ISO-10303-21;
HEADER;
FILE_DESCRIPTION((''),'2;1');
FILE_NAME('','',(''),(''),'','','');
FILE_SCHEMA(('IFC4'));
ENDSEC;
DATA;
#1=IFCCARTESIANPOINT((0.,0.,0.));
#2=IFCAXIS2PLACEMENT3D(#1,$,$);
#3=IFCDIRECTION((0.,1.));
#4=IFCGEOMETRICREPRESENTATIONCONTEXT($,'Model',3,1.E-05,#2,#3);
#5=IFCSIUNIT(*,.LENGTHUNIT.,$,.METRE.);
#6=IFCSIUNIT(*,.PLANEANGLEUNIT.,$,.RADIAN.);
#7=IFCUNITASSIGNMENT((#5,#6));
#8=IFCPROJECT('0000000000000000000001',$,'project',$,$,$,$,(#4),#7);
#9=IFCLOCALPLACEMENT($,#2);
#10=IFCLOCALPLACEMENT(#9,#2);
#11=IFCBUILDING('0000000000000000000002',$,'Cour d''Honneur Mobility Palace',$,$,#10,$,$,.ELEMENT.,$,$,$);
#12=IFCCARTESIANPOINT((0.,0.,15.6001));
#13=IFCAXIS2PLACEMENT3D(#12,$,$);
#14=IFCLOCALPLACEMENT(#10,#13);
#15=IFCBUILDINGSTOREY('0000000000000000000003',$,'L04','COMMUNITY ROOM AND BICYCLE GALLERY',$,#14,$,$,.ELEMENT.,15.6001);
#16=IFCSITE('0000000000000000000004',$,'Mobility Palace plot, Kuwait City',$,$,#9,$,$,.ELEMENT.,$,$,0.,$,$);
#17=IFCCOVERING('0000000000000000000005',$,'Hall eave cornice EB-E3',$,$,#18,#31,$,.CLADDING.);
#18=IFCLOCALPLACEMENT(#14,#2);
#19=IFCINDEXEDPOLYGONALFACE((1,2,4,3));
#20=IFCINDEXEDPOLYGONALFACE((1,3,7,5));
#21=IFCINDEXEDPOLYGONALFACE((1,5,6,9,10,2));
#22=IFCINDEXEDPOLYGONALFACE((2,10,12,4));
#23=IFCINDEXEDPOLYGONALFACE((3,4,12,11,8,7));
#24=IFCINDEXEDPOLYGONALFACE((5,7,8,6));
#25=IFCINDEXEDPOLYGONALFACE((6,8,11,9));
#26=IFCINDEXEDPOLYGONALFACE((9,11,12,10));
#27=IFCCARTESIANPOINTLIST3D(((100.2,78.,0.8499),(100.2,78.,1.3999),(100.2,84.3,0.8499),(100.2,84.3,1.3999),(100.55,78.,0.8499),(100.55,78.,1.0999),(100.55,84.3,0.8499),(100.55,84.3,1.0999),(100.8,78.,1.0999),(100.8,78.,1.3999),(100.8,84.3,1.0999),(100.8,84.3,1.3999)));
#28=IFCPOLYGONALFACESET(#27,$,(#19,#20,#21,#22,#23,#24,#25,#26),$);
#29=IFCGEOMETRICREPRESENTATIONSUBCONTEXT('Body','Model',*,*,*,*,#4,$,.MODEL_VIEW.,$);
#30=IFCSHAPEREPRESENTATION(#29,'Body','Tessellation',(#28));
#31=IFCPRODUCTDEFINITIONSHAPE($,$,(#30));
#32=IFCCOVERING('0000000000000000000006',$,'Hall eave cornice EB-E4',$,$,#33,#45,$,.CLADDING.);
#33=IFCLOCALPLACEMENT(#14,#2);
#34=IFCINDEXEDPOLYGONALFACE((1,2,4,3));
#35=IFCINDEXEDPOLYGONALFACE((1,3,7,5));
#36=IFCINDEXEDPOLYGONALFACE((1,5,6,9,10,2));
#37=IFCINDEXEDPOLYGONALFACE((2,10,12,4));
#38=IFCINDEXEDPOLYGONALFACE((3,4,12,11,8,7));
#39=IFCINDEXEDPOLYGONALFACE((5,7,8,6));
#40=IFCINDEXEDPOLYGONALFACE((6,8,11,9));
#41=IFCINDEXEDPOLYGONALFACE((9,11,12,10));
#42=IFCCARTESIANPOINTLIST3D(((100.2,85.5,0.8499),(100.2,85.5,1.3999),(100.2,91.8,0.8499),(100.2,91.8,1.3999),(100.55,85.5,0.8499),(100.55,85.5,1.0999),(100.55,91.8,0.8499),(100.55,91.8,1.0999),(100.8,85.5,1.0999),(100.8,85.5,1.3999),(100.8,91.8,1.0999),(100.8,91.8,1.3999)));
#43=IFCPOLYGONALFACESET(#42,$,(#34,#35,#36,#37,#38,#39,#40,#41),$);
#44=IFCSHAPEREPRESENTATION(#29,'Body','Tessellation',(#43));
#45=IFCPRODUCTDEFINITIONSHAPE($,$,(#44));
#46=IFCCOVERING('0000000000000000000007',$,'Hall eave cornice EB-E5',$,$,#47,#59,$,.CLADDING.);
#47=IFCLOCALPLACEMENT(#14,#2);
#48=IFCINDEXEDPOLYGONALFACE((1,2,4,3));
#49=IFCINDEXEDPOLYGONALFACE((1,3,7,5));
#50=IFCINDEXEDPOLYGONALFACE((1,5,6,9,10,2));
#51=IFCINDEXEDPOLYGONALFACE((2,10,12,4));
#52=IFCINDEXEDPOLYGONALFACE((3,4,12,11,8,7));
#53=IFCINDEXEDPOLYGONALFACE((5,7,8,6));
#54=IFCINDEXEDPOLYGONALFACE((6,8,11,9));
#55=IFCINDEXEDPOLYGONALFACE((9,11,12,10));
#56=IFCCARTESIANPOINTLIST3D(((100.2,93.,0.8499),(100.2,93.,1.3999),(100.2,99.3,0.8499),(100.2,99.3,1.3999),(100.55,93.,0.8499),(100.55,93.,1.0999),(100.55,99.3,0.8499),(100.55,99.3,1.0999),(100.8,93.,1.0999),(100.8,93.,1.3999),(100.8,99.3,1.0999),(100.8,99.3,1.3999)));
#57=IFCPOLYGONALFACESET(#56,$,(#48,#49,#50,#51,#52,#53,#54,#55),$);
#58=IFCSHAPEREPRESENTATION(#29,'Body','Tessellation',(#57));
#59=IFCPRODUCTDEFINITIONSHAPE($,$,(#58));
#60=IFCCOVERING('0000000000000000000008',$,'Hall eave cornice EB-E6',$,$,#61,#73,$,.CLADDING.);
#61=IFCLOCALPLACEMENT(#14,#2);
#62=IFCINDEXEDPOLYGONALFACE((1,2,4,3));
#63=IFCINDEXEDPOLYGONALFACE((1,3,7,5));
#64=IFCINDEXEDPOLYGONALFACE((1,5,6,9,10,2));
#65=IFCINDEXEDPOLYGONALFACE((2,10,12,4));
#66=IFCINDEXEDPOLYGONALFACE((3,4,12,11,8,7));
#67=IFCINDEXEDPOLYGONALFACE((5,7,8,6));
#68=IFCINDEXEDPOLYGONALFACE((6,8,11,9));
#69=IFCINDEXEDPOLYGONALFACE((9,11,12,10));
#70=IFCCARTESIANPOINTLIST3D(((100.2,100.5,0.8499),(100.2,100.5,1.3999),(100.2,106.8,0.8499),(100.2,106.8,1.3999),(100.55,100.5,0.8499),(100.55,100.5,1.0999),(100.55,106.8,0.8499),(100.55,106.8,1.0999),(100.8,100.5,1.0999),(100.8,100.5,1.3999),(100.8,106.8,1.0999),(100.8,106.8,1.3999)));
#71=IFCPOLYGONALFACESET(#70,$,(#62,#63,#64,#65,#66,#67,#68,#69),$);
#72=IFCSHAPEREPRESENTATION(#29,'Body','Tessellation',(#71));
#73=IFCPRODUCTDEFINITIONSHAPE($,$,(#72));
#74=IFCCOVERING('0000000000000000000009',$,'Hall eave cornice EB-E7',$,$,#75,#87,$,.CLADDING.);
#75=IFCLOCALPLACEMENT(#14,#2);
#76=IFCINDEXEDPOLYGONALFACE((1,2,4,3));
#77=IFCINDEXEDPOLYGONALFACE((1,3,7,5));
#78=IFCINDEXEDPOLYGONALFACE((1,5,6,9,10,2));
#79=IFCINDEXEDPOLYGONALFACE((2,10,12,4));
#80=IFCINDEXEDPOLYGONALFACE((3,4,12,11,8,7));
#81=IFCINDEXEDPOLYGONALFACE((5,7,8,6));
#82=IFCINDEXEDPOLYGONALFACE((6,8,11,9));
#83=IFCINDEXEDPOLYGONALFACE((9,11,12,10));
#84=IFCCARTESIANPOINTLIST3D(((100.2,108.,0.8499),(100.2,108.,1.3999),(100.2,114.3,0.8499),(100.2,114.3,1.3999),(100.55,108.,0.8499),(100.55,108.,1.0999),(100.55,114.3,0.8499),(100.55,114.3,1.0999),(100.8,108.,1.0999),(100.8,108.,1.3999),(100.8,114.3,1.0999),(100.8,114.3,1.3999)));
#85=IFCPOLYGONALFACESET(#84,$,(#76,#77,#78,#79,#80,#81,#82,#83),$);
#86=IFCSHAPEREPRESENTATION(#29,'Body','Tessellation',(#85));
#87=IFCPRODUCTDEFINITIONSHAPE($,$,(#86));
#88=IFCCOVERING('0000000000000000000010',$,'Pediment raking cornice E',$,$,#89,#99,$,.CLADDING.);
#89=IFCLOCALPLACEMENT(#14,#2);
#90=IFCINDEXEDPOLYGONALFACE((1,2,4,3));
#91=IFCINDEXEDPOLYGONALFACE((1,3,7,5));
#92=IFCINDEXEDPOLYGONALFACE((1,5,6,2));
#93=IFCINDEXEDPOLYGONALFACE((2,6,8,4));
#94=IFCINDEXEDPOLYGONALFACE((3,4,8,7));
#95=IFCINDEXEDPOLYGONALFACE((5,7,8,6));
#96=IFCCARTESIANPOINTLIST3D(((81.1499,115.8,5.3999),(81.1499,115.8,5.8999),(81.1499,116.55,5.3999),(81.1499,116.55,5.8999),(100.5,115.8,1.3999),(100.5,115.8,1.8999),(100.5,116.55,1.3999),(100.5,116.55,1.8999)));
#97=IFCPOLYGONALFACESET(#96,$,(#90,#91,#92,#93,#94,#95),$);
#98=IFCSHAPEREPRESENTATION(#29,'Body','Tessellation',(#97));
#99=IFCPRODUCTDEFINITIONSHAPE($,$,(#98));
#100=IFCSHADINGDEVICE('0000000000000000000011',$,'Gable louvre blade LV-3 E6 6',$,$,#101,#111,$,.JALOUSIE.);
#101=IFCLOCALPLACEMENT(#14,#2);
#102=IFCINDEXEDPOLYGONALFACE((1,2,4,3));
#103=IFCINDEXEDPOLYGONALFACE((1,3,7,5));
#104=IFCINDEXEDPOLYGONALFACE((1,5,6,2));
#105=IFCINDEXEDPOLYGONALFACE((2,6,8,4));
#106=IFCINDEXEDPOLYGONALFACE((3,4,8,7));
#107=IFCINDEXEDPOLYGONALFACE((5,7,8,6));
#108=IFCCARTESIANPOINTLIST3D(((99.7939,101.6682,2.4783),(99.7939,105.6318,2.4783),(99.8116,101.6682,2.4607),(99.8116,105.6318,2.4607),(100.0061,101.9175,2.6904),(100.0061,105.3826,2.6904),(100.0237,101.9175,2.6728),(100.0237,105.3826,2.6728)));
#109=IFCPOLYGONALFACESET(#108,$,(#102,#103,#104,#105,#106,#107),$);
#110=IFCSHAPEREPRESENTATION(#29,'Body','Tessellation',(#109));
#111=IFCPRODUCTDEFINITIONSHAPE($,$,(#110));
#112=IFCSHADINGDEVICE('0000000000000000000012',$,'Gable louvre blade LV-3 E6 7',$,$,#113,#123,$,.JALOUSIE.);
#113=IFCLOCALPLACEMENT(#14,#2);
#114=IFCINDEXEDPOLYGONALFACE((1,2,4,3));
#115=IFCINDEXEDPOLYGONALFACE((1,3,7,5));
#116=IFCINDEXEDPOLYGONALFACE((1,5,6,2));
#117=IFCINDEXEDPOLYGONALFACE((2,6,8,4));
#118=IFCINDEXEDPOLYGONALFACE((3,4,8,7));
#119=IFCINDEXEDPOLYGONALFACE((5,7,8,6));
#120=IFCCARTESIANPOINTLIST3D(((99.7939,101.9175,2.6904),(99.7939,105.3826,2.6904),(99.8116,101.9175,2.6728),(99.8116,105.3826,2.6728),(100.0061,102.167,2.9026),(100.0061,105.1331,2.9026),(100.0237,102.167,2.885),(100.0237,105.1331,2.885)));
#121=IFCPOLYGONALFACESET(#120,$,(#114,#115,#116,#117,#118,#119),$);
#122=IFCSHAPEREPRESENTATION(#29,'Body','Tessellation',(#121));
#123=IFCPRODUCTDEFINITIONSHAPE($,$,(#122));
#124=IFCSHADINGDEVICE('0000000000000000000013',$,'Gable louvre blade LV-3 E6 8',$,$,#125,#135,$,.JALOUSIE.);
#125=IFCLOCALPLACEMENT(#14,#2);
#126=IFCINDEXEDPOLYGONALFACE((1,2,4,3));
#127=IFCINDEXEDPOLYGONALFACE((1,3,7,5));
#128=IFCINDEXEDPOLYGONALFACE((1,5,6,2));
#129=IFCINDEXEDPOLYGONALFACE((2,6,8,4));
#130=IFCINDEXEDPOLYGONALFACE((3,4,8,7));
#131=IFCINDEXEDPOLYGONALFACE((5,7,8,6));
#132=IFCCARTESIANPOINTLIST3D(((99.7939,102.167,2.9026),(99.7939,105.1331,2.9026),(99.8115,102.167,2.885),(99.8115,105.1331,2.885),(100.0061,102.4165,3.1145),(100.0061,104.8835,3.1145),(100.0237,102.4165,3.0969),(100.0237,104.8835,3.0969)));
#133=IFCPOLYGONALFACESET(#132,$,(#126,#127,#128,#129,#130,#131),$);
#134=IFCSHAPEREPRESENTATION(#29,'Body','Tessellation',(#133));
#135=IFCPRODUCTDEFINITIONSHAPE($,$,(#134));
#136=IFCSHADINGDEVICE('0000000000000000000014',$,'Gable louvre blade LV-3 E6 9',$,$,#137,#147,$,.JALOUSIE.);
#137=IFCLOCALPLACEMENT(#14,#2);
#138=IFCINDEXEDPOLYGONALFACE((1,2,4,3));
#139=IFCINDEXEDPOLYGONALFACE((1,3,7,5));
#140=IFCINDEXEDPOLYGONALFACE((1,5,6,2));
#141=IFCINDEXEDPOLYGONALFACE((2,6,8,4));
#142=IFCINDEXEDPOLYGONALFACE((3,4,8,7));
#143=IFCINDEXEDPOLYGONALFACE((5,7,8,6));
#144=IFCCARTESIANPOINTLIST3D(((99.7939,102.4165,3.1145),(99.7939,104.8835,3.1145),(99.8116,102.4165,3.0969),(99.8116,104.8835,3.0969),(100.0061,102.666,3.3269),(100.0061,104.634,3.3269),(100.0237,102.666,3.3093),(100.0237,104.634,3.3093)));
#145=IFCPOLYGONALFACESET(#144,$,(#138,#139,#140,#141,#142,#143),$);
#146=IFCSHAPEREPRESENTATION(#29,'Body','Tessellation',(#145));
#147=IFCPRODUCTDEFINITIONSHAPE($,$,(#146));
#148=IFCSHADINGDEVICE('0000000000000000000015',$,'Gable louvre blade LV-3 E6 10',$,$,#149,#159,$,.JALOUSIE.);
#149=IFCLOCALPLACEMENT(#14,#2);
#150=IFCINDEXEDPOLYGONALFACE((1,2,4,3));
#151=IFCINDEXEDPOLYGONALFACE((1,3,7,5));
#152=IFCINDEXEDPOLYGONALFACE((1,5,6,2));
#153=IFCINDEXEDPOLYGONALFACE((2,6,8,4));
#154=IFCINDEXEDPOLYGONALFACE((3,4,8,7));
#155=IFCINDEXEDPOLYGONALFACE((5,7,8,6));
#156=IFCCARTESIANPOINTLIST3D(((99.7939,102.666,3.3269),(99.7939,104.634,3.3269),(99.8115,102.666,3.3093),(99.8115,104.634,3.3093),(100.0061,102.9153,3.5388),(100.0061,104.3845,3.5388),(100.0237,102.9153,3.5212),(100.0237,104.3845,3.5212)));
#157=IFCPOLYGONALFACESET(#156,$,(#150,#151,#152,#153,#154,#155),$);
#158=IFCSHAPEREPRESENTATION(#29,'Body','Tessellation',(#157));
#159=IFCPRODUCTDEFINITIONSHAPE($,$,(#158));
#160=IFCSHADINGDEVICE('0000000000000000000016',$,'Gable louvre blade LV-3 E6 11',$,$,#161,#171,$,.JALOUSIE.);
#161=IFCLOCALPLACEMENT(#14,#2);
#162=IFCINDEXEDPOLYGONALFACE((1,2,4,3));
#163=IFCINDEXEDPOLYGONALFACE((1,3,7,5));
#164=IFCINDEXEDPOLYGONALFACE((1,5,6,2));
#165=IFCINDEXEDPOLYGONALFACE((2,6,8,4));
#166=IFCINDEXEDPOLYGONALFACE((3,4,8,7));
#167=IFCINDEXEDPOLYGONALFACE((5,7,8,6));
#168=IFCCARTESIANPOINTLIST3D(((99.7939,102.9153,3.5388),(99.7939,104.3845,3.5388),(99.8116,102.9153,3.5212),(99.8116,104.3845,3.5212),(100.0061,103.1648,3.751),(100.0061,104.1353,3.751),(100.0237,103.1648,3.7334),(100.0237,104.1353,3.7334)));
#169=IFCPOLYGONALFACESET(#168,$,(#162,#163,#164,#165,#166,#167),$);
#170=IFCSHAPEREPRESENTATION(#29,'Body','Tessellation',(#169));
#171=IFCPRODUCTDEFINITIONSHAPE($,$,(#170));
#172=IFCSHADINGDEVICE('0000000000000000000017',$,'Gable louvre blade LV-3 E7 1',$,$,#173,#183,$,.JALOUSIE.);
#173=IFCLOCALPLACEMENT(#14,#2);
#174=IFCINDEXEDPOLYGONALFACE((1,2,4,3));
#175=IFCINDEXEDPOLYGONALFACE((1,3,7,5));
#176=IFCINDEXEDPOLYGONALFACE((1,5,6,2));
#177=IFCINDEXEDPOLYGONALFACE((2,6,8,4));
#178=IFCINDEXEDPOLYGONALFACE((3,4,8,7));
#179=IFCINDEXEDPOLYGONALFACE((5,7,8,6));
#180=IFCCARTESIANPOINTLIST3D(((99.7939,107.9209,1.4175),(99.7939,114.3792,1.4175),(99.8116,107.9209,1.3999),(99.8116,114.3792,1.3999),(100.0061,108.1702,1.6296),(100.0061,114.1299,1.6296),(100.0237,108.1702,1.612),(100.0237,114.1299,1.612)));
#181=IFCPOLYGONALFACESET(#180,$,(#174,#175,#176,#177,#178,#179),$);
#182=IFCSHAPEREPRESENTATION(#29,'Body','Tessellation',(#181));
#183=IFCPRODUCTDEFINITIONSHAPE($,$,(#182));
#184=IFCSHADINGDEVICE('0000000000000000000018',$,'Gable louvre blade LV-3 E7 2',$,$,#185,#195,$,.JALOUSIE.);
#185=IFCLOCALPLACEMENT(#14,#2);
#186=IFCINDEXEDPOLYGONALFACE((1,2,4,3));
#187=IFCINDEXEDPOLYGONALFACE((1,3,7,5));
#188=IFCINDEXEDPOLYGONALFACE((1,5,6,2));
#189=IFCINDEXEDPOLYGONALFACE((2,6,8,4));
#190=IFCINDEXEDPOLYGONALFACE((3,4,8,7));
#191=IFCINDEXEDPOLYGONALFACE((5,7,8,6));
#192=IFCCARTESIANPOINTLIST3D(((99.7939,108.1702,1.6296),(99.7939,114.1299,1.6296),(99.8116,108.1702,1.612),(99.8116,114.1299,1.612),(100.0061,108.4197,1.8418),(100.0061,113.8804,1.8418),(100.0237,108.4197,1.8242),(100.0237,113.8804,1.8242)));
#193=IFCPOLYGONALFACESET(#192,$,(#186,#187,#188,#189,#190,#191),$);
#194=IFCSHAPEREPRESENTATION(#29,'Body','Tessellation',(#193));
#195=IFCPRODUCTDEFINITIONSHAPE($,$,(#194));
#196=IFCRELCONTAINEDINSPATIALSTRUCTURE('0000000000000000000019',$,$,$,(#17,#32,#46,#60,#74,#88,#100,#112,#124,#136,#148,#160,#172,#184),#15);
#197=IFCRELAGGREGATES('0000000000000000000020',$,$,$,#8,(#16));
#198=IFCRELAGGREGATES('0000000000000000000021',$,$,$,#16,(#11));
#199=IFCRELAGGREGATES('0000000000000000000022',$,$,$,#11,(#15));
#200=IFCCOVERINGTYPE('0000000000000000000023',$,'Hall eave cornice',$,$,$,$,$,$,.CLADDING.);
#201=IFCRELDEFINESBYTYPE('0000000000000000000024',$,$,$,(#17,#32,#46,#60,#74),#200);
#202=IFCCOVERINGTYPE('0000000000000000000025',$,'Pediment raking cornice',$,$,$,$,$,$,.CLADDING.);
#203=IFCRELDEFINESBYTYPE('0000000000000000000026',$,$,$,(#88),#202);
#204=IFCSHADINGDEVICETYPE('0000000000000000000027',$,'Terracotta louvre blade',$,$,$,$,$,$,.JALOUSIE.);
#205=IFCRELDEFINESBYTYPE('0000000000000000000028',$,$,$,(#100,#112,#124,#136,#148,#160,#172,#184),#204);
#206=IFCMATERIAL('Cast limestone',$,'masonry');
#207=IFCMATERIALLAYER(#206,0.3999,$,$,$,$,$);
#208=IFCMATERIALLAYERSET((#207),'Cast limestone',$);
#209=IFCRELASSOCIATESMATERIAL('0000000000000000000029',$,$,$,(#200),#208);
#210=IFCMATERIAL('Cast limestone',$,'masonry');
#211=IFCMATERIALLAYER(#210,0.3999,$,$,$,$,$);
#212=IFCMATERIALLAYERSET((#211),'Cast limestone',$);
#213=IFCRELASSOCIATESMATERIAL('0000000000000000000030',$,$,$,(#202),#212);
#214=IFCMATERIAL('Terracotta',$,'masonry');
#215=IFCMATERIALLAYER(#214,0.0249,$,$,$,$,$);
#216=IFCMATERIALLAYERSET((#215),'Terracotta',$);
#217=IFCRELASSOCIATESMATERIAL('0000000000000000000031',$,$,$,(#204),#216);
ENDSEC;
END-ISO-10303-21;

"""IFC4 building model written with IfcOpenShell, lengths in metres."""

from ifc_helpers import new_model, si_unit, direction, frame, origin, place, context, subcontext, project, spatial, polyline, outline, extrude, material, layer, layer_set, type_object, element, save


model = new_model("IFC4")

# Units and contexts
model_context = context("Model", 3, precision=1e-05, world=origin(), true_north=direction((0.0, 1.0)))
body_context = subcontext(model_context, "Body", "Model", "MODEL_VIEW")
ifc_project = project(units=[si_unit("LENGTHUNIT", "METRE"), si_unit("PLANEANGLEUNIT", "RADIAN")], contexts=[model_context])

# Site, building, storey
site_placement = place(None, origin())
site = spatial("IfcSite", under=ifc_project, at=site_placement, Name="Mobility Palace plot, Kuwait City", CompositionType="ELEMENT", RefElevation=0.0)
building_placement = place(site_placement, origin())
building = spatial("IfcBuilding", under=site, at=building_placement, Name="Cour d'Honneur Mobility Palace", CompositionType="ELEMENT")
storey_placement = place(building_placement, frame((0.0, 0.0, 15.6001)))
storey = spatial("IfcBuildingStorey", under=building, at=storey_placement, Name="L04", Description="COMMUNITY ROOM AND BICYCLE GALLERY", CompositionType="ELEMENT", Elevation=15.6001)

# Coverings
ifc_material_1 = material(Name="Cast limestone", Category="masonry")
ifc_layer_1 = layer(ifc_material_1, 0.3999)
ifc_layer_set_1 = layer_set([ifc_layer_1], Name="Cast limestone")
covering_type_1 = type_object("IfcCoveringType", Name="Hall eave cornice", PredefinedType="CLADDING", material=ifc_layer_set_1)
for number, where, z_axis, x_axis, name in (
    (1, (100.2, 78.0, 0.8499), (0.0, -1.0, 0.0), (1.0, 0.0, 0.0), "Hall eave cornice EB-E3"),
    (2, (100.2, 85.5, 0.8499), (0.0, -1.0, 0.0), (1.0, 0.0, 0.0), "Hall eave cornice EB-E4"),
    (3, (100.2, 93.0, 0.8499), (0.0, -1.0, 0.0), (1.0, 0.0, 0.0), "Hall eave cornice EB-E5"),
    (4, (100.2, 100.5, 0.8499), (0.0, -1.0, 0.0), (1.0, 0.0, 0.0), "Hall eave cornice EB-E6"),
    (5, (100.2, 108.0, 0.8499), (0.0, -1.0, 0.0), (1.0, 0.0, 0.0), "Hall eave cornice EB-E7"),
):
    element("IfcCovering", number, at=place(storey_placement, frame(where, z_axis=z_axis, x_axis=x_axis)), inside=storey, type_object=covering_type_1, Name=name, PredefinedType="CLADDING", context=body_context, shape_type="SweptSolid", body=[
        extrude(outline(polyline([(0.0, 0.0), (0.3501, 0.0), (0.3501, 0.25), (0.6001, 0.25), (0.6001, 0.55), (0.0, 0.55), (0.0, 0.0)])), origin(), (0.0, 0.0, -1.0), 6.3),
    ])
ifc_material_2 = material(Name="Cast limestone", Category="masonry")
ifc_layer_2 = layer(ifc_material_2, 0.3999)
ifc_layer_set_2 = layer_set([ifc_layer_2], Name="Cast limestone")
covering_type_2 = type_object("IfcCoveringType", Name="Pediment raking cornice", PredefinedType="CLADDING", material=ifc_layer_set_2)
covering_placement = place(storey_placement, frame((100.5, 116.55, 1.3999), z_axis=(0.0, 1.0, 0.0), x_axis=(-0.979295, 0.0, 0.202437)))
element("IfcCovering", 6, at=covering_placement, inside=storey, type_object=covering_type_2, Name="Pediment raking cornice E", PredefinedType="CLADDING", context=body_context, shape_type="SweptSolid", body=[
    extrude(outline(polyline([(0.0, 0.0), (19.7592, 0.0), (19.8604, 0.4896), (0.1012, 0.4896), (0.0, 0.0)])), origin(), (0.0, 0.0, -1.0), 0.75),
])

# Shading devices
ifc_material_3 = material(Name="Terracotta", Category="masonry")
ifc_layer_3 = layer(ifc_material_3, 0.0249)
ifc_layer_set_3 = layer_set([ifc_layer_3], Name="Terracotta")
shading_device_type = type_object("IfcShadingDeviceType", Name="Terracotta louvre blade", PredefinedType="JALOUSIE", material=ifc_layer_set_3)
shading_device_1_placement = place(storey_placement, frame((99.7939, 101.6682, 2.4783), z_axis=(-0.707107, 0.0, 0.707107), x_axis=(0.0, 1.0, 0.0)))
element("IfcShadingDevice", 7, at=shading_device_1_placement, inside=storey, type_object=shading_device_type, Name="Gable louvre blade LV-3 E6 6", PredefinedType="JALOUSIE", context=body_context, shape_type="SweptSolid", body=[
    extrude(outline(polyline([(0.0, 0.0), (3.9636, 0.0), (3.7144, -0.3), (0.2493, -0.3), (0.0, 0.0)])), origin(), (0.0, 0.0, -1.0), 0.0249),
])
shading_device_2_placement = place(storey_placement, frame((99.7939, 101.9175, 2.6904), z_axis=(-0.707107, 0.0, 0.707107), x_axis=(0.0, 1.0, 0.0)))
element("IfcShadingDevice", 8, at=shading_device_2_placement, inside=storey, type_object=shading_device_type, Name="Gable louvre blade LV-3 E6 7", PredefinedType="JALOUSIE", context=body_context, shape_type="SweptSolid", body=[
    extrude(outline(polyline([(0.0, 0.0), (3.4651, 0.0), (3.2156, -0.3), (0.2495, -0.3), (0.0, 0.0)])), origin(), (0.0, 0.0, -1.0), 0.0249),
])
shading_device_3_placement = place(storey_placement, frame((99.7939, 102.167, 2.9026), z_axis=(-0.7067, 0.0, 0.707514), x_axis=(0.0, 1.0, 0.0)))
element("IfcShadingDevice", 9, at=shading_device_3_placement, inside=storey, type_object=shading_device_type, Name="Gable louvre blade LV-3 E6 8", PredefinedType="JALOUSIE", context=body_context, shape_type="SweptSolid", body=[
    extrude(outline(polyline([(0.0, 0.0), (2.9661, 0.0), (2.7166, -0.2999), (0.2495, -0.2999), (0.0, 0.0)])), origin(), (0.0, 0.0, -1.0), 0.0249),
])
shading_device_4_placement = place(storey_placement, frame((99.7939, 102.4165, 3.1145), z_axis=(-0.707513, 0.0, 0.7067), x_axis=(0.0, 1.0, 0.0)))
element("IfcShadingDevice", 10, at=shading_device_4_placement, inside=storey, type_object=shading_device_type, Name="Gable louvre blade LV-3 E6 9", PredefinedType="JALOUSIE", context=body_context, shape_type="SweptSolid", body=[
    extrude(outline(polyline([(0.0, 0.0), (2.467, 0.0), (2.2175, -0.3002), (0.2495, -0.3002), (0.0, 0.0)])), origin(), (0.0, 0.0, -1.0), 0.0249),
])
shading_device_5_placement = place(storey_placement, frame((99.7939, 102.666, 3.3269), z_axis=(-0.7067, 0.0, 0.707514), x_axis=(0.0, 1.0, 0.0)))
element("IfcShadingDevice", 11, at=shading_device_5_placement, inside=storey, type_object=shading_device_type, Name="Gable louvre blade LV-3 E6 10", PredefinedType="JALOUSIE", context=body_context, shape_type="SweptSolid", body=[
    extrude(outline(polyline([(0.0, 0.0), (1.968, 0.0), (1.7185, -0.2999), (0.2493, -0.2999), (0.0, 0.0)])), origin(), (0.0, 0.0, -1.0), 0.0249),
])
shading_device_6_placement = place(storey_placement, frame((99.7939, 102.9153, 3.5388), z_axis=(-0.707107, 0.0, 0.707107), x_axis=(0.0, 1.0, 0.0)))
element("IfcShadingDevice", 12, at=shading_device_6_placement, inside=storey, type_object=shading_device_type, Name="Gable louvre blade LV-3 E6 11", PredefinedType="JALOUSIE", context=body_context, shape_type="SweptSolid", body=[
    extrude(outline(polyline([(0.0, 0.0), (1.4692, 0.0), (1.22, -0.3), (0.2495, -0.3), (0.0, 0.0)])), origin(), (0.0, 0.0, -1.0), 0.0249),
])
shading_device_7_placement = place(storey_placement, frame((99.7939, 107.9209, 1.4175), z_axis=(-0.707107, 0.0, 0.707107), x_axis=(0.0, 1.0, 0.0)))
element("IfcShadingDevice", 13, at=shading_device_7_placement, inside=storey, type_object=shading_device_type, Name="Gable louvre blade LV-3 E7 1", PredefinedType="JALOUSIE", context=body_context, shape_type="SweptSolid", body=[
    extrude(outline(polyline([(0.0, 0.0), (6.4583, 0.0), (6.209, -0.3), (0.2493, -0.3), (0.0, 0.0)])), origin(), (0.0, 0.0, -1.0), 0.0249),
])
shading_device_8_placement = place(storey_placement, frame((99.7939, 108.1702, 1.6296), z_axis=(-0.707107, 0.0, 0.707107), x_axis=(0.0, 1.0, 0.0)))
element("IfcShadingDevice", 14, at=shading_device_8_placement, inside=storey, type_object=shading_device_type, Name="Gable louvre blade LV-3 E7 2", PredefinedType="JALOUSIE", context=body_context, shape_type="SweptSolid", body=[
    extrude(outline(polyline([(0.0, 0.0), (5.9597, 0.0), (5.7102, -0.3), (0.2495, -0.3), (0.0, 0.0)])), origin(), (0.0, 0.0, -1.0), 0.0249),
])

save(model, "model.ifc")
